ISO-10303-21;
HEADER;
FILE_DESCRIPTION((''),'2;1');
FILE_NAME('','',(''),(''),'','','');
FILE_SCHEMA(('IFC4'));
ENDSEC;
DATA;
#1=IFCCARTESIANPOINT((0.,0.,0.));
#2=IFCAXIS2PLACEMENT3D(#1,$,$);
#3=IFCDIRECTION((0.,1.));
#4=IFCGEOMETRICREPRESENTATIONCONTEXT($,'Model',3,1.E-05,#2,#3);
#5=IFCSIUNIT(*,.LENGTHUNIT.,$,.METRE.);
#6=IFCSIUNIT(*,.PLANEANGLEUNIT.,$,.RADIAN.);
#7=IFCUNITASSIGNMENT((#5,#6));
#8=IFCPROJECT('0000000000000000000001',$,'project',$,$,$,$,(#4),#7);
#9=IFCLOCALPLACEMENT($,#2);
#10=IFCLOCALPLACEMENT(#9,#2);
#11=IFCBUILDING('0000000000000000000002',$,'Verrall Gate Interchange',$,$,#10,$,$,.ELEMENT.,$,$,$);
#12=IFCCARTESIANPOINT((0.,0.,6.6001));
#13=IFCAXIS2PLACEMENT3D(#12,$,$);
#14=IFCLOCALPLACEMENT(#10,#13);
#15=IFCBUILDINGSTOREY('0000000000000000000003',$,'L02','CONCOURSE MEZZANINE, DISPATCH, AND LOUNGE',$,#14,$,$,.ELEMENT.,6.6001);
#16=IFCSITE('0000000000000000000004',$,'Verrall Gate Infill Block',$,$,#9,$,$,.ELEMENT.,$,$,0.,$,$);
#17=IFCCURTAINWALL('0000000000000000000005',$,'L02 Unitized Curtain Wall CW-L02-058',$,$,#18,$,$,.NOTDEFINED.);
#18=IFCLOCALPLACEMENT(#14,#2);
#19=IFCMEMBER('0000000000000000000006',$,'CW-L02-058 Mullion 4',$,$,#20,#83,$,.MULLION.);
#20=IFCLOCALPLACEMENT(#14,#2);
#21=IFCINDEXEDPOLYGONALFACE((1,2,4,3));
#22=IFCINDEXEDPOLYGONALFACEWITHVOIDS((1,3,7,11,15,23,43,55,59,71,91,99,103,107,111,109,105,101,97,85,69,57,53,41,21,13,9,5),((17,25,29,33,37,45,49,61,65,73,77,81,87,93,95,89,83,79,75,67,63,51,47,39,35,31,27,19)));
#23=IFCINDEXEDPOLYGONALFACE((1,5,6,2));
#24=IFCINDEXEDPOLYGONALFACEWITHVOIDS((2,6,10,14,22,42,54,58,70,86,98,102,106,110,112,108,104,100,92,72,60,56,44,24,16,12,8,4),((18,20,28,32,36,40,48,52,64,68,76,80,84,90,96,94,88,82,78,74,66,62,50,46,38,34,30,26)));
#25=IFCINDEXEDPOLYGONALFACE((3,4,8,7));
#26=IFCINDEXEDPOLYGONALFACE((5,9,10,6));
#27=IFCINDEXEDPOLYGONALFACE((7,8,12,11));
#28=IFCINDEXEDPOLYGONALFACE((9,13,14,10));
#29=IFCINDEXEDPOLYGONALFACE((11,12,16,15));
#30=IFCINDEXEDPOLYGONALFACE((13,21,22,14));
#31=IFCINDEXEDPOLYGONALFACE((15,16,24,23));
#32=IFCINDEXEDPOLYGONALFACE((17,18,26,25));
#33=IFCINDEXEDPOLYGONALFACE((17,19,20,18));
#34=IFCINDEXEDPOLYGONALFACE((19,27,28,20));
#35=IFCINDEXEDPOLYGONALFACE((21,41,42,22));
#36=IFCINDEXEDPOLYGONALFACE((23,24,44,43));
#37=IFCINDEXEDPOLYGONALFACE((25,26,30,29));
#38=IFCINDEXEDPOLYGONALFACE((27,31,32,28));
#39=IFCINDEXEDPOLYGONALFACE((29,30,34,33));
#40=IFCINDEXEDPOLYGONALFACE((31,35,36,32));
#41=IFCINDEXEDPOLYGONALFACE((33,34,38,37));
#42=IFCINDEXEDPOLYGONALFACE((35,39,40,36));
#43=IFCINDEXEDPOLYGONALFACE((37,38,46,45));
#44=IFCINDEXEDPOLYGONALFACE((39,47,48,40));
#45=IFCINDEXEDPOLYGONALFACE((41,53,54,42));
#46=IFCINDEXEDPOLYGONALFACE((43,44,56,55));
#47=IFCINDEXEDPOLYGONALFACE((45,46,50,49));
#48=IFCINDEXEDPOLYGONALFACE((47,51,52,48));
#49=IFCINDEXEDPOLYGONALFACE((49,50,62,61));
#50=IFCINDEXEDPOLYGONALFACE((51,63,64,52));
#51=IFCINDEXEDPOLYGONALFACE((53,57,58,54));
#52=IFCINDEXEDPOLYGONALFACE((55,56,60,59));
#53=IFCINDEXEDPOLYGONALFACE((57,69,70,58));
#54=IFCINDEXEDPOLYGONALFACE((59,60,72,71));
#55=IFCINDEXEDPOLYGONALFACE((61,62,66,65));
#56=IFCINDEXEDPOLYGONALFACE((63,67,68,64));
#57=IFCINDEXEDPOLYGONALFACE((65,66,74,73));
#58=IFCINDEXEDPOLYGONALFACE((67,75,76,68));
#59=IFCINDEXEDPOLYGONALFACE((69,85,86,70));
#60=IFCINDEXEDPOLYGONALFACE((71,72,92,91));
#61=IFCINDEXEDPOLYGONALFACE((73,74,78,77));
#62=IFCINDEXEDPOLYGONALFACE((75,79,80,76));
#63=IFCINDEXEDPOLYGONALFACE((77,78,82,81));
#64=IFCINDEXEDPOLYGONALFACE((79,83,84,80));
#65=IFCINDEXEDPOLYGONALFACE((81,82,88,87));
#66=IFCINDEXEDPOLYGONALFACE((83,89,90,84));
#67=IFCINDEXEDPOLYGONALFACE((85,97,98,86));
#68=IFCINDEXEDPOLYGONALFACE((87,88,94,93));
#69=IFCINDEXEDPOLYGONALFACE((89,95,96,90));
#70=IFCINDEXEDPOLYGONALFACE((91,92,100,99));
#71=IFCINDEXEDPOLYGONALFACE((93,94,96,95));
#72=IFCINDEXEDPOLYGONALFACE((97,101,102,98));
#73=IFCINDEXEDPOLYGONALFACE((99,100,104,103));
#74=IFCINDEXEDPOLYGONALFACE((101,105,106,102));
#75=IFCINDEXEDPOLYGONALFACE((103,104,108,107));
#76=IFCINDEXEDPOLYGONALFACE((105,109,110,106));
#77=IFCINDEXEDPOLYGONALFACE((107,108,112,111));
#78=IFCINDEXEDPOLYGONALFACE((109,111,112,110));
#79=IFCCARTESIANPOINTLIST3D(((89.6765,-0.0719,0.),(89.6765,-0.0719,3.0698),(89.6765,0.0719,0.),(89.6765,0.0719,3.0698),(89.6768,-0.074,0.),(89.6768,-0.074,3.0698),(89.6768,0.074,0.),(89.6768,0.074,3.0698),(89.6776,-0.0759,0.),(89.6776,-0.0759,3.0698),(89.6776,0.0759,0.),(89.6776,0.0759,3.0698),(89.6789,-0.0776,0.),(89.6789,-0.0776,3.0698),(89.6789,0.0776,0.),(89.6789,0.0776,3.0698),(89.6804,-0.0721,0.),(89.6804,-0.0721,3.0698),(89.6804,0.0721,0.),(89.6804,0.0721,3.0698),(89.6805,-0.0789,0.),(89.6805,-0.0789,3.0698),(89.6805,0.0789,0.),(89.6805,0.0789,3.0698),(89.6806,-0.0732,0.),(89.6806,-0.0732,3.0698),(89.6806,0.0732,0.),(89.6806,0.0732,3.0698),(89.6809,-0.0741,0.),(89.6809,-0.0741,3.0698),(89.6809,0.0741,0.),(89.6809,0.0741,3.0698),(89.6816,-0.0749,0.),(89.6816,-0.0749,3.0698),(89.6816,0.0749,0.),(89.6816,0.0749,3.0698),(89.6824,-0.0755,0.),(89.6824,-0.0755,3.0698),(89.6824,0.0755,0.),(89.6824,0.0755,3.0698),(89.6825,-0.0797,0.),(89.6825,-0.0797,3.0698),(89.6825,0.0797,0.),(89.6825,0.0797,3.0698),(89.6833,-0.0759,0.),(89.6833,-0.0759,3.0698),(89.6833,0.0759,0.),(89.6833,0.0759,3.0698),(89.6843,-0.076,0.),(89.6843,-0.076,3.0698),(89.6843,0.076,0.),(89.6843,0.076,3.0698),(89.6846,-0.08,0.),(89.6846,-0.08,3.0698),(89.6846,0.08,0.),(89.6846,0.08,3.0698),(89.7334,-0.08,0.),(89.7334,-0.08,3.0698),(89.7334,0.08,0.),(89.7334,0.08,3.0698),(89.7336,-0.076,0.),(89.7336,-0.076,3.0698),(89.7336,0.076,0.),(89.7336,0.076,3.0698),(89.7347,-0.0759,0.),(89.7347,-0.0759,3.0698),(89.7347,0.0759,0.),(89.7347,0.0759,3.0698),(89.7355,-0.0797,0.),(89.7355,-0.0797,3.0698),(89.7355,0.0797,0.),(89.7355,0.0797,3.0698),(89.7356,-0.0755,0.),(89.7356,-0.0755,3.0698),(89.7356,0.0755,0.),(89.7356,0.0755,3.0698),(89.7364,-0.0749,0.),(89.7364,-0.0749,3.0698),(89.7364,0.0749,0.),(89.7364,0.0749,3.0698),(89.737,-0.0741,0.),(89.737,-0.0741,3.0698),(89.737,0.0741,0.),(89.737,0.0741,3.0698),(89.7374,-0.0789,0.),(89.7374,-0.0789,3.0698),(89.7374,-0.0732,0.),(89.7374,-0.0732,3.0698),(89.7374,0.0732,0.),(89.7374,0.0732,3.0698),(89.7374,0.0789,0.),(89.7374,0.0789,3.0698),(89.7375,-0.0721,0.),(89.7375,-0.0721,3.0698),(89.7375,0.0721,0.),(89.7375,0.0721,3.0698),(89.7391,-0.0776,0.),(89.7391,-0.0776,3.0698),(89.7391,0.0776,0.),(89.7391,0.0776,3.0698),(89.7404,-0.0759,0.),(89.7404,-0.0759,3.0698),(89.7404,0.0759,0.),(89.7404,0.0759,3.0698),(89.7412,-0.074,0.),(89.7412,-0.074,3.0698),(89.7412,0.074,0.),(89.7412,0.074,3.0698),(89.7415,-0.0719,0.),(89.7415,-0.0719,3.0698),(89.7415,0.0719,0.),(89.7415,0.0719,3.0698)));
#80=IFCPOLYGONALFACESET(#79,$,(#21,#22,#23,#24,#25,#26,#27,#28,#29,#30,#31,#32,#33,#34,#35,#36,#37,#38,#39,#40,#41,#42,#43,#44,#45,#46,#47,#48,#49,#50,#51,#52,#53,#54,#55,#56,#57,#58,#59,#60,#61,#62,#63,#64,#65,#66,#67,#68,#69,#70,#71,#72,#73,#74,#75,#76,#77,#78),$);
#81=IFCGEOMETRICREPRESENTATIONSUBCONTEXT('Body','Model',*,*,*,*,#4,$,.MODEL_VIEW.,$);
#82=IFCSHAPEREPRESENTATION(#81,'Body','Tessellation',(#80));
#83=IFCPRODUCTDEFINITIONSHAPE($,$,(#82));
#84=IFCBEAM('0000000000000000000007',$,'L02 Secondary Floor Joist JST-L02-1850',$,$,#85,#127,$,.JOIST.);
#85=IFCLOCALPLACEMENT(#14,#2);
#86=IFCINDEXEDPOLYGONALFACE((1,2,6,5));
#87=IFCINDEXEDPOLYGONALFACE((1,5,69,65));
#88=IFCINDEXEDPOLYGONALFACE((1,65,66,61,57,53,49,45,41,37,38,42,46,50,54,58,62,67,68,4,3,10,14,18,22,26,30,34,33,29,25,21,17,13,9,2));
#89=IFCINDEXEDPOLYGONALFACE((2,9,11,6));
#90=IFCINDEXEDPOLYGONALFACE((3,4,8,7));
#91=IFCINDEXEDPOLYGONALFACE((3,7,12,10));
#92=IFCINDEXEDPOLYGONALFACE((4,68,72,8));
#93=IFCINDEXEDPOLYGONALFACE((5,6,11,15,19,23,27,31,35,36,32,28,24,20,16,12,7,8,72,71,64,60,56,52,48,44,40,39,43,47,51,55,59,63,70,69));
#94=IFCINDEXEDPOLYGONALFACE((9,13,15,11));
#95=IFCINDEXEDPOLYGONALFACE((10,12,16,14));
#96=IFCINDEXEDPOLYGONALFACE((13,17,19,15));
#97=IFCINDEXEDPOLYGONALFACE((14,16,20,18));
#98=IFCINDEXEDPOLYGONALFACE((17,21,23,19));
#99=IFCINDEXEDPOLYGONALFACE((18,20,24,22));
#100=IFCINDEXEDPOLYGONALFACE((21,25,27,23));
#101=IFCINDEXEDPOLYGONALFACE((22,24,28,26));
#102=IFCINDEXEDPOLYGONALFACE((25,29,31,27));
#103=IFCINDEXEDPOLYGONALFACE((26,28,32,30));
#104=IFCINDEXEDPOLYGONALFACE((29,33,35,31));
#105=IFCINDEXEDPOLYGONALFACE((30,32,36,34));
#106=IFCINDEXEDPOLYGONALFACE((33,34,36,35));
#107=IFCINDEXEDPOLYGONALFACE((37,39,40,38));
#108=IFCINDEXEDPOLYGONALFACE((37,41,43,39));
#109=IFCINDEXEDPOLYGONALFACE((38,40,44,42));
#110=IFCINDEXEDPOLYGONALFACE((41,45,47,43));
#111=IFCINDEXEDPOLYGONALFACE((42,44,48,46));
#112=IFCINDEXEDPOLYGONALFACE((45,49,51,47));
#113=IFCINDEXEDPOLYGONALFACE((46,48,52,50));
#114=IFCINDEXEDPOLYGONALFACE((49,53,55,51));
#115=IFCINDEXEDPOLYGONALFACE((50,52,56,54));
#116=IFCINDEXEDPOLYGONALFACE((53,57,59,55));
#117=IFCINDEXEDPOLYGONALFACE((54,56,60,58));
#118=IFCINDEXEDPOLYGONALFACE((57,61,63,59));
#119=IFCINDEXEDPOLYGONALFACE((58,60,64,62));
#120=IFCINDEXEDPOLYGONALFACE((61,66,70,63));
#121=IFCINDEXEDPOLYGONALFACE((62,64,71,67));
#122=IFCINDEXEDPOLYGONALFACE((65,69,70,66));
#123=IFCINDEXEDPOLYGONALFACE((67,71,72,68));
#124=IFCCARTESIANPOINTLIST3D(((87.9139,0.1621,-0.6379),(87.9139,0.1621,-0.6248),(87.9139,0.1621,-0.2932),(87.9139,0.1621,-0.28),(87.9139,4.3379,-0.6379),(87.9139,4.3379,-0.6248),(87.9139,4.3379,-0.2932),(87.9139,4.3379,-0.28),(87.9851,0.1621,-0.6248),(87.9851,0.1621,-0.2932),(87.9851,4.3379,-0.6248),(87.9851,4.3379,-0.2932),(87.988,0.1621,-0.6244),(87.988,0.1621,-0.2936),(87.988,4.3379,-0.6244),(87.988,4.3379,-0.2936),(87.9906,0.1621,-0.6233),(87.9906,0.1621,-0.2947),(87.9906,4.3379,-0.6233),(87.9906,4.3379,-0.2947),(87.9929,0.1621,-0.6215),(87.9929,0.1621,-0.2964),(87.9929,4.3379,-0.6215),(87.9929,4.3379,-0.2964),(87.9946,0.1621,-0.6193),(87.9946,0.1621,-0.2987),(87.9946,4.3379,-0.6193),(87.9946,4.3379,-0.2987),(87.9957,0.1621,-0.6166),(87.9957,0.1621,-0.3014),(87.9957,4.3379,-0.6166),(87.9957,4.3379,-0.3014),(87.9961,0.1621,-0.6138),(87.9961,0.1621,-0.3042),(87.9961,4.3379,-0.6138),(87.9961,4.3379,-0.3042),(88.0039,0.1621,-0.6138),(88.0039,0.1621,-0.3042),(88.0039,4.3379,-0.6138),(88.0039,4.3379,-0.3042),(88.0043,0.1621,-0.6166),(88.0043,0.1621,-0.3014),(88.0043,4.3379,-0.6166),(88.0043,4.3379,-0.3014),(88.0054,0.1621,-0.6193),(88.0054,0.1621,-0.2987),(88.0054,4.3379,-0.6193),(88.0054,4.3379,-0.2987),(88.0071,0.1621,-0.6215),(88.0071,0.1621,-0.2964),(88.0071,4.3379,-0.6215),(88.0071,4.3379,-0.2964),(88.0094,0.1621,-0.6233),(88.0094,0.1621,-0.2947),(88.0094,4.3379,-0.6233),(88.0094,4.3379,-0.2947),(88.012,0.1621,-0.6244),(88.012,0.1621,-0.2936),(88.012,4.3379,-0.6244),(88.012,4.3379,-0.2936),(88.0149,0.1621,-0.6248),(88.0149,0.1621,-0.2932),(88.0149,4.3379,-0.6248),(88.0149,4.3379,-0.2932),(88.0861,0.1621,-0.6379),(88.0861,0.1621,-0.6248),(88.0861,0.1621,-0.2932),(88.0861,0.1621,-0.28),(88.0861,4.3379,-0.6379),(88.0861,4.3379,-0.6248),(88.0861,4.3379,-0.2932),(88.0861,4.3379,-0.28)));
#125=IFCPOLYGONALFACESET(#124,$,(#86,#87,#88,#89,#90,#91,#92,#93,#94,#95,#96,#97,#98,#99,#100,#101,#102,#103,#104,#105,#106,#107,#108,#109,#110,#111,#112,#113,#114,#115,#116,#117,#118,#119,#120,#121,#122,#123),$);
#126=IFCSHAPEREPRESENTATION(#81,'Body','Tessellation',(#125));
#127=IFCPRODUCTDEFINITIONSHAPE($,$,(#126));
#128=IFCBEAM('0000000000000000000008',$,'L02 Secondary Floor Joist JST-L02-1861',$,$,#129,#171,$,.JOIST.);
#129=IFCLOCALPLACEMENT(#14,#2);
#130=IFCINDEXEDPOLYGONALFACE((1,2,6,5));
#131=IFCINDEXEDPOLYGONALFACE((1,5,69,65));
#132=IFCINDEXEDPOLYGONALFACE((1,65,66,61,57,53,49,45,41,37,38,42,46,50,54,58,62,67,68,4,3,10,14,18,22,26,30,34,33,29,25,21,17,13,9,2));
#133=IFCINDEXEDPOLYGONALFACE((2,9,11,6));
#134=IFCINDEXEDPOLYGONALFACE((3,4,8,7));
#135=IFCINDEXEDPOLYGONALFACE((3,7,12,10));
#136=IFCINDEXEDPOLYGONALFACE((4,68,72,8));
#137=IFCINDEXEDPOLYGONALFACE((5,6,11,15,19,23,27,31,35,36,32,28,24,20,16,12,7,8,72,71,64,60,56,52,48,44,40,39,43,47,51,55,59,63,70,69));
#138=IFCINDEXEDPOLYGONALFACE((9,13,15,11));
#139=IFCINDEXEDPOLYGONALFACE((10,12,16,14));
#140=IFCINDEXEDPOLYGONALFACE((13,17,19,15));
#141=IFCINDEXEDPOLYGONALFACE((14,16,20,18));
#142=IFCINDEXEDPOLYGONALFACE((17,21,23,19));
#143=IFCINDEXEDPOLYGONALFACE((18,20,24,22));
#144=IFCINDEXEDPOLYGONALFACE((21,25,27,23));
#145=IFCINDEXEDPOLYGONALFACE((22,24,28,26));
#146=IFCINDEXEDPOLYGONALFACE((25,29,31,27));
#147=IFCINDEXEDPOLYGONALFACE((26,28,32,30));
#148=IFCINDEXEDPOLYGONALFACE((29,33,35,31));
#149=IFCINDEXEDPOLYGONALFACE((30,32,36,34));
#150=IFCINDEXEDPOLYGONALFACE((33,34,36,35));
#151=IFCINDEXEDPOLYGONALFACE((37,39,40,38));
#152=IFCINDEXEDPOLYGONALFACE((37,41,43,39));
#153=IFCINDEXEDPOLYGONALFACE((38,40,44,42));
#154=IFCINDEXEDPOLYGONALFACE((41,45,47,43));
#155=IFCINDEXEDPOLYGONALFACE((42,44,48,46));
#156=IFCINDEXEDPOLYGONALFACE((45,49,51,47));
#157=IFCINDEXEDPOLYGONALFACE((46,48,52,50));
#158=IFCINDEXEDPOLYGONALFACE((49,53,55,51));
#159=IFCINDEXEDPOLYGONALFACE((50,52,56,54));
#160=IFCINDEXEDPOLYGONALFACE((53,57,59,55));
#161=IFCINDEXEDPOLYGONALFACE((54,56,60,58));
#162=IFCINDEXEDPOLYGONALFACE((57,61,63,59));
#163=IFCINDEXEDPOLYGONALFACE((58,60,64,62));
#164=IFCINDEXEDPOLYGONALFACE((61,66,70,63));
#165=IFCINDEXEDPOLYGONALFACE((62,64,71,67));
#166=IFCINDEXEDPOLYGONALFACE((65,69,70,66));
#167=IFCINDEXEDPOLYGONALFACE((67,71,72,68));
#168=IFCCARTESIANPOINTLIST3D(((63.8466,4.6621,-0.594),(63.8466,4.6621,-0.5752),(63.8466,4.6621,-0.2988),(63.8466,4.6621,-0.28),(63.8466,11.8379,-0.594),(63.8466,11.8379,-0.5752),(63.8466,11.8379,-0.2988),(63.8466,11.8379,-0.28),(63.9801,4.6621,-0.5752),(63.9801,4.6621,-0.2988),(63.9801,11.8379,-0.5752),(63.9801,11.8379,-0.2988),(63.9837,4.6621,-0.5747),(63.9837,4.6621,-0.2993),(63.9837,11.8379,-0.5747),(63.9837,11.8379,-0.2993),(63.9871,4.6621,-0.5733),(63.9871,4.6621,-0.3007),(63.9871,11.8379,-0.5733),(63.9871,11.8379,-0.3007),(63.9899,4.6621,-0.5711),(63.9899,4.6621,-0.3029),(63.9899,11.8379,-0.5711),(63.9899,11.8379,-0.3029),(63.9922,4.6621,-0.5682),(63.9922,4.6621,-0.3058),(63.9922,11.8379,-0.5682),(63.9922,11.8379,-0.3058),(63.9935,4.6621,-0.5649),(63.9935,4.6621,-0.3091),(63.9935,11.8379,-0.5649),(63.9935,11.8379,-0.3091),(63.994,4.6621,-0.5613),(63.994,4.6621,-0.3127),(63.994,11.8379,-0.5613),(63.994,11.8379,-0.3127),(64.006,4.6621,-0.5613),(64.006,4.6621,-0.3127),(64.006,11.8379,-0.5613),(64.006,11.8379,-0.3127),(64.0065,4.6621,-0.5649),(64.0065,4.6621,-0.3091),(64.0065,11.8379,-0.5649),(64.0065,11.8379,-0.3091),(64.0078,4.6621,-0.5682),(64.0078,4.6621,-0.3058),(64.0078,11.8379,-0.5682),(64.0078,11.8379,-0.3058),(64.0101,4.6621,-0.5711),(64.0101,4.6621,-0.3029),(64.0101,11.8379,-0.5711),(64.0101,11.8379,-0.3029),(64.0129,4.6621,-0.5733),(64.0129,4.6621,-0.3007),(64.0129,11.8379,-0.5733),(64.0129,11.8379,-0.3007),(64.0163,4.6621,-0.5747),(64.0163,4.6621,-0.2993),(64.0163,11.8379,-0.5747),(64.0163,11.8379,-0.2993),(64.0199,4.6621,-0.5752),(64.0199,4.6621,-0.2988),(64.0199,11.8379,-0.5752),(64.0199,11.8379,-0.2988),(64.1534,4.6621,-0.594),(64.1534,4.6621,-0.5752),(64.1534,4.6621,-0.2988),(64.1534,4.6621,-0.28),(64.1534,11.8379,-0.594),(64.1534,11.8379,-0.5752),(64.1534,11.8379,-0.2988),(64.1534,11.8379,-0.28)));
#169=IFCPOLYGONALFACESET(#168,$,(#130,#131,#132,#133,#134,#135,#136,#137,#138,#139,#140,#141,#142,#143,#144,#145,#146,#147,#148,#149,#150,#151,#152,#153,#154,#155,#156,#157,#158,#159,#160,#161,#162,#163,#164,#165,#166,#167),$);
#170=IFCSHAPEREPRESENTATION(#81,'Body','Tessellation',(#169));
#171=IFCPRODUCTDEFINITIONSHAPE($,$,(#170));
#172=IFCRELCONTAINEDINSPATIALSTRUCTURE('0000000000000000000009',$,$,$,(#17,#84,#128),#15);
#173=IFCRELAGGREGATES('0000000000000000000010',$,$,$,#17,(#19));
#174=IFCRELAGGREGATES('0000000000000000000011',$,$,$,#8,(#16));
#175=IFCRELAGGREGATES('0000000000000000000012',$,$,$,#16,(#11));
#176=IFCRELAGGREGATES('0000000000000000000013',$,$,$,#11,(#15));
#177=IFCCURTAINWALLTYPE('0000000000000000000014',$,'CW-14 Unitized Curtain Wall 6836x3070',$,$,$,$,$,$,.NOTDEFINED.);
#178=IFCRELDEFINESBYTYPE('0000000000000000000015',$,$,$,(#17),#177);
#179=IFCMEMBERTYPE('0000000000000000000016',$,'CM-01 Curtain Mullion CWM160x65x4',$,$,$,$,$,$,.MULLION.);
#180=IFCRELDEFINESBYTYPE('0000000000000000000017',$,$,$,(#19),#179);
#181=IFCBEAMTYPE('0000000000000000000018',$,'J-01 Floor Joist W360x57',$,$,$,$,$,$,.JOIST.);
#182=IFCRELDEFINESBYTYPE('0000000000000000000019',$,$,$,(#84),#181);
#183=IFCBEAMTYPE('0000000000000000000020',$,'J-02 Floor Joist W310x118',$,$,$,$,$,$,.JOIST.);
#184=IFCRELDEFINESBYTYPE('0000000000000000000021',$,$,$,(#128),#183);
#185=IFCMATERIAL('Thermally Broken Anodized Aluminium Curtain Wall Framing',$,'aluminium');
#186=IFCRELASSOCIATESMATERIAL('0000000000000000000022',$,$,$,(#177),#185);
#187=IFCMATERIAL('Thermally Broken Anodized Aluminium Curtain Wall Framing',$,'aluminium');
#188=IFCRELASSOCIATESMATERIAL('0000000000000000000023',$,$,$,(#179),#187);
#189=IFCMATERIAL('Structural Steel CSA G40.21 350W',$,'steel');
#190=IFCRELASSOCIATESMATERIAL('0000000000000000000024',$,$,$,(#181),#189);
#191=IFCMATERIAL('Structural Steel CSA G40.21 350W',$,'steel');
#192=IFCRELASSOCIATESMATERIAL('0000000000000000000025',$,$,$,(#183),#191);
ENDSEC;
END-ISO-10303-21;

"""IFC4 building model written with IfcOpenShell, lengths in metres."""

from ifc_helpers import new_model, si_unit, direction, frame, origin, origin_2d, place, context, subcontext, project, spatial, hollow_rectangle, i_section, extrude, material, material_profile, profile_set, type_object, element, aggregate, save


model = new_model("IFC4")

# Units and contexts
model_context = context("Model", 3, precision=1e-05, world=origin(), true_north=direction((0.0, 1.0)))
body_context = subcontext(model_context, "Body", "Model", "MODEL_VIEW")
ifc_project = project(units=[si_unit("LENGTHUNIT", "METRE"), si_unit("PLANEANGLEUNIT", "RADIAN")], contexts=[model_context])

# Site, building, storey
site_placement = place(None, origin())
site = spatial("IfcSite", under=ifc_project, at=site_placement, Name="Verrall Gate Infill Block", CompositionType="ELEMENT", RefElevation=0.0)
building_placement = place(site_placement, origin())
building = spatial("IfcBuilding", under=site, at=building_placement, Name="Verrall Gate Interchange", CompositionType="ELEMENT")
storey_placement = place(building_placement, frame((0.0, 0.0, 6.6001)))
storey = spatial("IfcBuildingStorey", under=building, at=storey_placement, Name="L02", Description="CONCOURSE MEZZANINE, DISPATCH, AND LOUNGE", CompositionType="ELEMENT", Elevation=6.6001)

# Curtain wall, member
ifc_material_1 = material(Name="Thermally Broken Anodized Aluminium Curtain Wall Framing", Category="aluminium")
curtain_wall_type = type_object("IfcCurtainWallType", Name="CW-14 Unitized Curtain Wall 6836x3070", PredefinedType="NOTDEFINED", material=ifc_material_1)
curtain_wall_placement = place(storey_placement, origin())
curtain_wall = element("IfcCurtainWall", 1, at=curtain_wall_placement, inside=storey, type_object=curtain_wall_type, Name="L02 Unitized Curtain Wall CW-L02-058", PredefinedType="NOTDEFINED")
ifc_material_2 = material(Name="Thermally Broken Anodized Aluminium Curtain Wall Framing", Category="aluminium")
ifc_material_profile_1 = material_profile(ifc_material_2, hollow_rectangle(XDim=0.0649, YDim=0.1599, WallThickness=0.0039, InnerFilletRadius=0.0039, OuterFilletRadius=0.0081, at=origin_2d()), Name="CWM160x65x4")
ifc_profile_set_1 = profile_set([ifc_material_profile_1], Name="Thermally Broken Anodized Aluminium Curtain Wall Framing")
member_type = type_object("IfcMemberType", Name="CM-01 Curtain Mullion CWM160x65x4", PredefinedType="MULLION", material=ifc_profile_set_1)
member_1_placement = place(storey_placement, frame((89.709, 0.0, 0.0), z_axis=(0.0, 0.0, 1.0), x_axis=(1.0, 0.0, 0.0)))
member_1 = element("IfcMember", 2, at=member_1_placement, type_object=member_type, Name="CW-L02-058 Mullion 4", PredefinedType="MULLION", context=body_context, shape_type="SweptSolid", body=[
    extrude(hollow_rectangle(XDim=0.0649, YDim=0.1599, WallThickness=0.0039, InnerFilletRadius=0.0039, OuterFilletRadius=0.0081, at=origin_2d()), origin(), (0.0, 0.0, 1.0), 3.0698),
])

# Beams
ifc_material_3 = material(Name="Structural Steel CSA G40.21 350W", Category="steel")
ifc_material_profile_2 = material_profile(ifc_material_3, i_section(OverallWidth=0.1721, OverallDepth=0.3579, WebThickness=0.0078, FlangeThickness=0.0132, FilletRadius=0.011, at=origin_2d()), Name="W360x57")
ifc_profile_set_2 = profile_set([ifc_material_profile_2], Name="Structural Steel CSA G40.21 350W")
beam_type_1 = type_object("IfcBeamType", Name="J-01 Floor Joist W360x57", PredefinedType="JOIST", material=ifc_profile_set_2)
beam_1_placement = place(storey_placement, frame((88.0, 0.1621, -0.459), z_axis=(0.0, 1.0, 0.0), x_axis=(-1.0, 0.0, 0.0)))
element("IfcBeam", 3, at=beam_1_placement, inside=storey, type_object=beam_type_1, Name="L02 Secondary Floor Joist JST-L02-1850", PredefinedType="JOIST", context=body_context, shape_type="SweptSolid", body=[
    extrude(i_section(OverallWidth=0.1721, OverallDepth=0.3579, WebThickness=0.0078, FlangeThickness=0.0132, FilletRadius=0.011, at=origin_2d()), origin(), (0.0, 0.0, 1.0), 4.1758),
])
ifc_material_4 = material(Name="Structural Steel CSA G40.21 350W", Category="steel")
ifc_material_profile_3 = material_profile(ifc_material_4, i_section(OverallWidth=0.3069, OverallDepth=0.314, WebThickness=0.012, FlangeThickness=0.0188, FilletRadius=0.0139, at=origin_2d()), Name="W310x118")
ifc_profile_set_3 = profile_set([ifc_material_profile_3], Name="Structural Steel CSA G40.21 350W")
beam_type_2 = type_object("IfcBeamType", Name="J-02 Floor Joist W310x118", PredefinedType="JOIST", material=ifc_profile_set_3)
beam_2_placement = place(storey_placement, frame((64.0, 4.6621, -0.437), z_axis=(0.0, 1.0, 0.0), x_axis=(-1.0, 0.0, 0.0)))
element("IfcBeam", 4, at=beam_2_placement, inside=storey, type_object=beam_type_2, Name="L02 Secondary Floor Joist JST-L02-1861", PredefinedType="JOIST", context=body_context, shape_type="SweptSolid", body=[
    extrude(i_section(OverallWidth=0.3069, OverallDepth=0.314, WebThickness=0.012, FlangeThickness=0.0188, FilletRadius=0.0139, at=origin_2d()), origin(), (0.0, 0.0, 1.0), 7.1758),
])

aggregate(curtain_wall, [member_1])

save(model, "model.ifc")
